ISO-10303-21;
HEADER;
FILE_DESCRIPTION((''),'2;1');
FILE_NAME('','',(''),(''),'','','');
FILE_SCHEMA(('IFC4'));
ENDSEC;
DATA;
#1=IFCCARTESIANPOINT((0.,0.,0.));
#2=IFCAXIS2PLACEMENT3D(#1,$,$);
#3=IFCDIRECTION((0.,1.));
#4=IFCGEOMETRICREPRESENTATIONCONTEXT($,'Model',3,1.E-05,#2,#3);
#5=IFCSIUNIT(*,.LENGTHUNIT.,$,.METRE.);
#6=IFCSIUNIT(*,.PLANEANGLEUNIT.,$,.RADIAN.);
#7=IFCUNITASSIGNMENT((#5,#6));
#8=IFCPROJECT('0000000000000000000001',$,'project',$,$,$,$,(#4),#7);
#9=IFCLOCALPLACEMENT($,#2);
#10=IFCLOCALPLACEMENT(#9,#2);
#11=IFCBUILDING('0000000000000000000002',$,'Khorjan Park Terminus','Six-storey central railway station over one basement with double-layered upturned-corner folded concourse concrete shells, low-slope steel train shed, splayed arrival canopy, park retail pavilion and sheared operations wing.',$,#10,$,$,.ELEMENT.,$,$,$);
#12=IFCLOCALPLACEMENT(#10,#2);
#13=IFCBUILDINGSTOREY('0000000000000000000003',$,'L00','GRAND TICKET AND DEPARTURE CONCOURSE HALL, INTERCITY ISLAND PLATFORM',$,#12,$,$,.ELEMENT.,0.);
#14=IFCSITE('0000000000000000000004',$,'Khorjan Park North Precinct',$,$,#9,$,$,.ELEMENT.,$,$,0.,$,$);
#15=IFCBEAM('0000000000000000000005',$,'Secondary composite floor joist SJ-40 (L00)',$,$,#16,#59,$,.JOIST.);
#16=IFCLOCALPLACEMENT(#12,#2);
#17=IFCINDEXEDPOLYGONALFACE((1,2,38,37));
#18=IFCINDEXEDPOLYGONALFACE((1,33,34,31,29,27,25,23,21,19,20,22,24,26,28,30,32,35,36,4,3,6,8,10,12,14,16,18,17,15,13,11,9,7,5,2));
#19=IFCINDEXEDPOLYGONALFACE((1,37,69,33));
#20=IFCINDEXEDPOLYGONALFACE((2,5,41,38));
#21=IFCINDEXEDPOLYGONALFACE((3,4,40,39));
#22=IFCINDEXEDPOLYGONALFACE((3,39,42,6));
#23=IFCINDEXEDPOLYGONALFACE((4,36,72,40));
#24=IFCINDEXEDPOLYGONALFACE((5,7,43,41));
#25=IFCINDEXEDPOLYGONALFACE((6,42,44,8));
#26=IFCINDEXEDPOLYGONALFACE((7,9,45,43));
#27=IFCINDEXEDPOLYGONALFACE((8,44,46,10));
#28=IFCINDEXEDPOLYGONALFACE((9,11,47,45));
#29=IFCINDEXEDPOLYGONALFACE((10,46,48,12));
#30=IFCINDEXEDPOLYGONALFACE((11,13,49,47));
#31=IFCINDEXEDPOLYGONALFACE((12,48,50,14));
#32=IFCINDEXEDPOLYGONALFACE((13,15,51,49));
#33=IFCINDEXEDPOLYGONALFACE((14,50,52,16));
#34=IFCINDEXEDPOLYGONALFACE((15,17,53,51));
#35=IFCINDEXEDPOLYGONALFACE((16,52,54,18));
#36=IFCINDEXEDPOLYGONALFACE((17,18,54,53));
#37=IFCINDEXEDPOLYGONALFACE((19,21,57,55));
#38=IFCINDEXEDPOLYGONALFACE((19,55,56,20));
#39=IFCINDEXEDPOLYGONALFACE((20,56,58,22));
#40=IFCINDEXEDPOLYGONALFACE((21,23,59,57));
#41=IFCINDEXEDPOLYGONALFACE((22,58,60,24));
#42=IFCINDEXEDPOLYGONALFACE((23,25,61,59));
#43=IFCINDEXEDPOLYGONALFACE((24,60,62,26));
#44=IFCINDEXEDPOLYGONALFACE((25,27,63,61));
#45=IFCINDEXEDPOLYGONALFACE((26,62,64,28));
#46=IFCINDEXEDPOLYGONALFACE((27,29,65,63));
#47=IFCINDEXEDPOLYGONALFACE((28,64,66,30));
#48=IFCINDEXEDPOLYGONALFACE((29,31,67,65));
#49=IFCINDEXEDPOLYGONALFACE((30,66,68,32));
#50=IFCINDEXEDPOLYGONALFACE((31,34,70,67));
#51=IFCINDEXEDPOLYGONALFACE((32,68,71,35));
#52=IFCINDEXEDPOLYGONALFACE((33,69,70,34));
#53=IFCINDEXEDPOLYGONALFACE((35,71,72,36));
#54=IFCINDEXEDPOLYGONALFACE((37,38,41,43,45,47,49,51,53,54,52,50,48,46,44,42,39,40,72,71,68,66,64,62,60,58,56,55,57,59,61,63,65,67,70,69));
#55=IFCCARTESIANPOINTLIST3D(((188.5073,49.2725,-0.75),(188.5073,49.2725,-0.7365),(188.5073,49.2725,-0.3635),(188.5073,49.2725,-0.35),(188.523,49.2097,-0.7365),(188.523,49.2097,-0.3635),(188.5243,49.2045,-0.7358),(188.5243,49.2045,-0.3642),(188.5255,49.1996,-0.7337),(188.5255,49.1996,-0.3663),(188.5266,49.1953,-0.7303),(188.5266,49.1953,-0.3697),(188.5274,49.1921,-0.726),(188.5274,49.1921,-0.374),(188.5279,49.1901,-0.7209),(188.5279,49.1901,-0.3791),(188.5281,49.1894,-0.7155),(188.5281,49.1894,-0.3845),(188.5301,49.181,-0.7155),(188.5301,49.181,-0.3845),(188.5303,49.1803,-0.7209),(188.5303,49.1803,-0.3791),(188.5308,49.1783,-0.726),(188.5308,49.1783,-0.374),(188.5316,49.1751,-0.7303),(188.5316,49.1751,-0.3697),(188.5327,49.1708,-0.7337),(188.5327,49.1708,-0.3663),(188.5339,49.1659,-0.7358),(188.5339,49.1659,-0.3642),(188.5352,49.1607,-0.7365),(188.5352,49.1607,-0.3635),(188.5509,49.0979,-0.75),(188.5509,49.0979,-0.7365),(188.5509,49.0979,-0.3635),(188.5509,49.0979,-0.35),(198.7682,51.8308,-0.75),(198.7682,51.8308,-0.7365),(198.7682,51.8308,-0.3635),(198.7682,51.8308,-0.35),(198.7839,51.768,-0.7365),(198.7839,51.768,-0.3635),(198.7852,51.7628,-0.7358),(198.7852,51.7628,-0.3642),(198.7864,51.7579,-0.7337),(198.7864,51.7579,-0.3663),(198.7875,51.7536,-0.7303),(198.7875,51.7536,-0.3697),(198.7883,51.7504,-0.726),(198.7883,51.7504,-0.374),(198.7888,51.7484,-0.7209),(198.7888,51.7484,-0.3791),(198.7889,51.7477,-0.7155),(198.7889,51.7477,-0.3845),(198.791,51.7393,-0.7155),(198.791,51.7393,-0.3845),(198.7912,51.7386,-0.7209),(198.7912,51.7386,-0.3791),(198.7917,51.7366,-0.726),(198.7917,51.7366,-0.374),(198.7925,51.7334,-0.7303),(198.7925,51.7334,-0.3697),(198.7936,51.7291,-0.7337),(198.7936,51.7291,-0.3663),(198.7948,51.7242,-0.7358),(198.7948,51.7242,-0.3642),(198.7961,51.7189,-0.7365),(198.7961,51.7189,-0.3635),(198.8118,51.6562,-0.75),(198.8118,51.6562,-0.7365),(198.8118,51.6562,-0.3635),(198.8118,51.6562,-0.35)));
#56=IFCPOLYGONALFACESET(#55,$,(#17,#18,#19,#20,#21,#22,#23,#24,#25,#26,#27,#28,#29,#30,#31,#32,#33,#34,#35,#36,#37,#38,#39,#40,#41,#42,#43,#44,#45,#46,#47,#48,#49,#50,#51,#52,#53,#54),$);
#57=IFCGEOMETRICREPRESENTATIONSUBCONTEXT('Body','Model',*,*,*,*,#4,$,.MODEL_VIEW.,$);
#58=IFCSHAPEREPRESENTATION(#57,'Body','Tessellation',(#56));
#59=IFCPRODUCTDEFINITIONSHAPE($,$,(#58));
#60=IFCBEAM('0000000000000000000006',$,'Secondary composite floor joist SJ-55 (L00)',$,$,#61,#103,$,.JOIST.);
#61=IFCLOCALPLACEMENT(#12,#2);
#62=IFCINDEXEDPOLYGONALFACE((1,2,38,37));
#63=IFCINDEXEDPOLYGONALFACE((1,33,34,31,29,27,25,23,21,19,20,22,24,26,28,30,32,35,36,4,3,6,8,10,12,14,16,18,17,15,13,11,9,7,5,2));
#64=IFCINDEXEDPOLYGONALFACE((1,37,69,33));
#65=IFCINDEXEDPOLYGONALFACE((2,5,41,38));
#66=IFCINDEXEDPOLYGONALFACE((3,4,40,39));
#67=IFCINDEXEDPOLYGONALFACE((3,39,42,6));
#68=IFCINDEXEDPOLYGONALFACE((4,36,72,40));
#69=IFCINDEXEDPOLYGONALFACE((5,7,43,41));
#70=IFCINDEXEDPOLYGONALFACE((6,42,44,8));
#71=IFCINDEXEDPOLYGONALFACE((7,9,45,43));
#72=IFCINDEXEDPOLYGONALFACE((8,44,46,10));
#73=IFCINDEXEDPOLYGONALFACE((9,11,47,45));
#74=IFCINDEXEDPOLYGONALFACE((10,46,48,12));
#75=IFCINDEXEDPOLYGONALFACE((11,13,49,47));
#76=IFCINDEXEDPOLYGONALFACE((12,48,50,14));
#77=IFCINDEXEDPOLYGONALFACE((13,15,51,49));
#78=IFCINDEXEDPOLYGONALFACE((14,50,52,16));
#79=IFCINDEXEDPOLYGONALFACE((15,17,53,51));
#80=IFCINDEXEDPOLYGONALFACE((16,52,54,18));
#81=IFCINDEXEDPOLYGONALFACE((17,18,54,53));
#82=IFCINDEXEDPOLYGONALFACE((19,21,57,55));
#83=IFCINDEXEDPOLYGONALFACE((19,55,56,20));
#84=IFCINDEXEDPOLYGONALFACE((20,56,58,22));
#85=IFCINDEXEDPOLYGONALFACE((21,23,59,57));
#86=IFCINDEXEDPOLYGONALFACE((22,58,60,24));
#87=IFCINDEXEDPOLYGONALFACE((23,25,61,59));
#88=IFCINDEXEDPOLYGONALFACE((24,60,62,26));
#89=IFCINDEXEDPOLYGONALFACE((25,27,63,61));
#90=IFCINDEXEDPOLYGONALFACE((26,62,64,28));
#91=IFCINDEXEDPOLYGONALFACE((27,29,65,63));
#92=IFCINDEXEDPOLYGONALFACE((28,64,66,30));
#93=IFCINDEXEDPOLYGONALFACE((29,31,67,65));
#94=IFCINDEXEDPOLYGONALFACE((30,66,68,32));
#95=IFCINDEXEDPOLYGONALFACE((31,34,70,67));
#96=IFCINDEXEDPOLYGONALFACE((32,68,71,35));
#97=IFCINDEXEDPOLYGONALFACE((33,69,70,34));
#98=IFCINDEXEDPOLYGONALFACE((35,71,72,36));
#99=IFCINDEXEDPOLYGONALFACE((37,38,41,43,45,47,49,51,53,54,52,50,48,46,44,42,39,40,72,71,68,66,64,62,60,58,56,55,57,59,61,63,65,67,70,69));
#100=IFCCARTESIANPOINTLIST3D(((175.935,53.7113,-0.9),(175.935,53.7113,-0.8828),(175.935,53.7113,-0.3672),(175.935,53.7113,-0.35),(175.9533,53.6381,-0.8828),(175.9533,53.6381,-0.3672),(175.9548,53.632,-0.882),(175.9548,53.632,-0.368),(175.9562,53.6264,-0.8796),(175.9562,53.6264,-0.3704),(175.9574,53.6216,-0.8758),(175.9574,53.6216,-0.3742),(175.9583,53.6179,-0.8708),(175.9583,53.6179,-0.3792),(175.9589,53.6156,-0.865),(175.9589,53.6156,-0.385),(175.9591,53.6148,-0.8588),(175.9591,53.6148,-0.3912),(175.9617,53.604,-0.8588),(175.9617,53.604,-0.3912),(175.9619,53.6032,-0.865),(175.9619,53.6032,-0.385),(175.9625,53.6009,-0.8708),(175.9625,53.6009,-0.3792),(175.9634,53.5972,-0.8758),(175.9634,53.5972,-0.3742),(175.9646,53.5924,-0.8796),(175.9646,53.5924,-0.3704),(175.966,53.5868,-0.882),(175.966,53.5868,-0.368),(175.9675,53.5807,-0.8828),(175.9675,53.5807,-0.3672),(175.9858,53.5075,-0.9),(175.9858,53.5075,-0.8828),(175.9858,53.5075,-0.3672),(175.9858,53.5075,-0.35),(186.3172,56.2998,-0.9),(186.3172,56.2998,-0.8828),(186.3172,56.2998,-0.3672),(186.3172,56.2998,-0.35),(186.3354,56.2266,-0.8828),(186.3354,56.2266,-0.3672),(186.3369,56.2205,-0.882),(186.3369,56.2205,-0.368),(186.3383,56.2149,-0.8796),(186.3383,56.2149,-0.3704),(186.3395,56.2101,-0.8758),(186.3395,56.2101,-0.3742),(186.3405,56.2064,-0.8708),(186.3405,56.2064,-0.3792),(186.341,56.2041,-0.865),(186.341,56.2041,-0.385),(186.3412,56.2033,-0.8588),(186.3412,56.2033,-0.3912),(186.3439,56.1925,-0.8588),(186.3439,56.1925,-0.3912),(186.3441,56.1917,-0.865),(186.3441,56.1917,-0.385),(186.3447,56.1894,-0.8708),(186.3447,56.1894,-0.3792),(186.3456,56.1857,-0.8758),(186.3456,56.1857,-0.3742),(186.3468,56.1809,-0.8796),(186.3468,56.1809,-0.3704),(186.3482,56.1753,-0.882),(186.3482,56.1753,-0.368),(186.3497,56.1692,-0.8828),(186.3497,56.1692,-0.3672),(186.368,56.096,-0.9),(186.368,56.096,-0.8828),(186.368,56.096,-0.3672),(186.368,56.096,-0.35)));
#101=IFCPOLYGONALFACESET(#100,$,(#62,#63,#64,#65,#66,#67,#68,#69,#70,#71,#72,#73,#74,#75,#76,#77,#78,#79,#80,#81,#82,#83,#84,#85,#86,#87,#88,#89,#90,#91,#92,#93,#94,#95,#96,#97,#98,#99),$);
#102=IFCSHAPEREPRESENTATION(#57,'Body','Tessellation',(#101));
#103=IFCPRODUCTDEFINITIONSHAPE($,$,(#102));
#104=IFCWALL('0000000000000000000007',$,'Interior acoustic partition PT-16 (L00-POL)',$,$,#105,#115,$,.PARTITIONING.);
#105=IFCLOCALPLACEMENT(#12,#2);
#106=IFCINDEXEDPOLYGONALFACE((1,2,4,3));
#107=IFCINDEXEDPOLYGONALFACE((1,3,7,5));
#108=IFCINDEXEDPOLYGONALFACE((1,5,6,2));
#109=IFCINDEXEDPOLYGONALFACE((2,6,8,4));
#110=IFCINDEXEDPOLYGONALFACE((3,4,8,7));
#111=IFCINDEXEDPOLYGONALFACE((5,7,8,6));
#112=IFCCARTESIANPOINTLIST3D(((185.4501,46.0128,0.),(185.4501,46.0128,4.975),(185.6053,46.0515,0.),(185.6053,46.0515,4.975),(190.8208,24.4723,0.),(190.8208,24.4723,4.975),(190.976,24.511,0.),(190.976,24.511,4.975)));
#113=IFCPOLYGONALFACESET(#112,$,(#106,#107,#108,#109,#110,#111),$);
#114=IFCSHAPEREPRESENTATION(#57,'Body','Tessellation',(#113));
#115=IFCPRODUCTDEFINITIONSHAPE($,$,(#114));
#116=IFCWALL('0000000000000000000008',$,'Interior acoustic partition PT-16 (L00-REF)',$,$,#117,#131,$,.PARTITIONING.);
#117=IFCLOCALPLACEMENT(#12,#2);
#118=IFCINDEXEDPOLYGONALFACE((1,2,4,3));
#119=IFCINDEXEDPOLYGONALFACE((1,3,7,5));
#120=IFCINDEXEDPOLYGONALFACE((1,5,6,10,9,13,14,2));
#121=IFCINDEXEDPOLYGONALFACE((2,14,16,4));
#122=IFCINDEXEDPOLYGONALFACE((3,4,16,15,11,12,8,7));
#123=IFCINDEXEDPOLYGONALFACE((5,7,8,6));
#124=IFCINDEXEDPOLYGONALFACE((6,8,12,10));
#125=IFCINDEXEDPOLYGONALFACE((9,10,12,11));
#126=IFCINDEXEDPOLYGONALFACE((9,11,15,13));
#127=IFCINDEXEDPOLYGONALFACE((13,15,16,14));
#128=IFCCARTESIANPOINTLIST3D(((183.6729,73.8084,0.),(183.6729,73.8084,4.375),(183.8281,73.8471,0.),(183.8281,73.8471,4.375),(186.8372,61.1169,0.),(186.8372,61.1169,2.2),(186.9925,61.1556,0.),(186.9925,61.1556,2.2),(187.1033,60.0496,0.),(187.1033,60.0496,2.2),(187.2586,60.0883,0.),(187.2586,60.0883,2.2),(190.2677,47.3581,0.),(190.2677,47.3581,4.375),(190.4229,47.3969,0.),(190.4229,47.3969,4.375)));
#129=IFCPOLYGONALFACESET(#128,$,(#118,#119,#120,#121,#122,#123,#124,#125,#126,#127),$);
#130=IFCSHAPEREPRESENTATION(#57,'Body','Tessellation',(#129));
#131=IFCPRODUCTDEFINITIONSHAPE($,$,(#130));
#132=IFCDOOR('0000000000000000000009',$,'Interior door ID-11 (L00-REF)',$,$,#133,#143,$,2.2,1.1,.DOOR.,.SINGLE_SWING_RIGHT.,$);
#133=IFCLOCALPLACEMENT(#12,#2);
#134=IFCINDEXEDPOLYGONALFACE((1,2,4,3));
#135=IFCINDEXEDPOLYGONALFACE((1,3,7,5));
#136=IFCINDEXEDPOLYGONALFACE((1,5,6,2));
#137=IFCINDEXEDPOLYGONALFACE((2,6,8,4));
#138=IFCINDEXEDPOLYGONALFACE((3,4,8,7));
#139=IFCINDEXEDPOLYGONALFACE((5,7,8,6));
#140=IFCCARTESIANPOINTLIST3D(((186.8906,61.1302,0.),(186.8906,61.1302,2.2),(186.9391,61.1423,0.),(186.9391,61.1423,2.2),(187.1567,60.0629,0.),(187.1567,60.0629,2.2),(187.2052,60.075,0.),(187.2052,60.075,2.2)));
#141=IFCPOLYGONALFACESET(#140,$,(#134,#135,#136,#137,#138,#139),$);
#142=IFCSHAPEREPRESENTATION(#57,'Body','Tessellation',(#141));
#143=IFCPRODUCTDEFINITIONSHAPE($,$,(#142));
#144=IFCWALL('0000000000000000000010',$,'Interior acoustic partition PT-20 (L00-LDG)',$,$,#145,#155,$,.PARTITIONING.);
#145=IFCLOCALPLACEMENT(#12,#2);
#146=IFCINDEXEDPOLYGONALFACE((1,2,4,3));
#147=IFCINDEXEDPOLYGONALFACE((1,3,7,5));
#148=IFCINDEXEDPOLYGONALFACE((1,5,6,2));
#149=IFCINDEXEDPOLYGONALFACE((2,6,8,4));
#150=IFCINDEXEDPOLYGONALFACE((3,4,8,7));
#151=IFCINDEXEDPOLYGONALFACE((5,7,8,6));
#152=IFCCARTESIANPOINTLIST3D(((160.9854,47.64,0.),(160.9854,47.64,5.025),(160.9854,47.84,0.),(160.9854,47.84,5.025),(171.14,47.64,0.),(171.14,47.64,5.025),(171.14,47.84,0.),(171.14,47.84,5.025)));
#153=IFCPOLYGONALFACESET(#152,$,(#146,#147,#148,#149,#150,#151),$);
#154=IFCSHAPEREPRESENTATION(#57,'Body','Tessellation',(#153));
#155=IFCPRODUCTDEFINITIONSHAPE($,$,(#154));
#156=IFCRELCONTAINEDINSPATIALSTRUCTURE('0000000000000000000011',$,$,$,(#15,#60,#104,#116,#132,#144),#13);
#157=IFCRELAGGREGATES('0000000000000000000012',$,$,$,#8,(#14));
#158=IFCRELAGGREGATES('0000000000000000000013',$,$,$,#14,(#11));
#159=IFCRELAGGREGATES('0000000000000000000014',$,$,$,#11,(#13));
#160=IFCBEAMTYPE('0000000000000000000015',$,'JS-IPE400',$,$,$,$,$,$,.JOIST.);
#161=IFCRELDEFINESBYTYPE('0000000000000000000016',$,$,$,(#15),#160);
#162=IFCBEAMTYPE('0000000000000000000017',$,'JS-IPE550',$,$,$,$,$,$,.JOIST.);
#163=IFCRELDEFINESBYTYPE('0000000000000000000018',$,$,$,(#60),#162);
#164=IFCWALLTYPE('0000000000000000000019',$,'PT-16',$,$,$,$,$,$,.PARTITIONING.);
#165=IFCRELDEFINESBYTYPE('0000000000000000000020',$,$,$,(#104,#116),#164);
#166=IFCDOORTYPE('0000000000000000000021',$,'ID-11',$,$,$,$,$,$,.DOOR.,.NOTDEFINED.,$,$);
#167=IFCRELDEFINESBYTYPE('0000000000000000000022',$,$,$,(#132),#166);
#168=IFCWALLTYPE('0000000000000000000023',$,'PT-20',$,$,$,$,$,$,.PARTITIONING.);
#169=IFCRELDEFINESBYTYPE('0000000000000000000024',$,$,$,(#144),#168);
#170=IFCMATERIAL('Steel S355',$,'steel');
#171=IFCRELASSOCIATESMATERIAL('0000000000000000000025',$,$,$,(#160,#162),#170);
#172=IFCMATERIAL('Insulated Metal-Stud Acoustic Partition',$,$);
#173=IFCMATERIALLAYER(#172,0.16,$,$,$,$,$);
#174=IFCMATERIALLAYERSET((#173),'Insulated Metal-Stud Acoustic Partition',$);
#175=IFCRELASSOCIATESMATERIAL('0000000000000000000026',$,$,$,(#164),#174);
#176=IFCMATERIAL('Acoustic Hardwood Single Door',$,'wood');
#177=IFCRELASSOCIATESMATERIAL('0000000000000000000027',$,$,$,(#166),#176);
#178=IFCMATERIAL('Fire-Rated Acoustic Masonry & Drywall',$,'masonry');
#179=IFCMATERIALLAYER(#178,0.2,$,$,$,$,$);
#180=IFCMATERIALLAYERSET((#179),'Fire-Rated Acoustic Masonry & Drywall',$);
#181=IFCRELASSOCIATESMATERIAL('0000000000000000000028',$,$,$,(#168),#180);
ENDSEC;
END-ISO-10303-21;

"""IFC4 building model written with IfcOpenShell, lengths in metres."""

from ifc_helpers import new_model, si_unit, direction, frame, frame_2d, origin, origin_2d, place, context, subcontext, project, spatial, rectangle, i_section, extrude, material, layer, layer_set, material_profile, profile_set, type_object, element, fill, save


model = new_model("IFC4")

# Units and contexts
model_context = context("Model", 3, precision=1e-05, world=origin(), true_north=direction((0.0, 1.0)))
body_context = subcontext(model_context, "Body", "Model", "MODEL_VIEW")
ifc_project = project(units=[si_unit("LENGTHUNIT", "METRE"), si_unit("PLANEANGLEUNIT", "RADIAN")], contexts=[model_context])

# Site, building, storey
site_placement = place(None, origin())
site = spatial("IfcSite", under=ifc_project, at=site_placement, Name="Khorjan Park North Precinct", CompositionType="ELEMENT", RefElevation=0.0)
building_placement = place(site_placement, origin())
building = spatial("IfcBuilding", under=site, at=building_placement, Name="Khorjan Park Terminus", Description="Six-storey central railway station over one basement with double-layered upturned-corner folded concourse concrete shells, low-slope steel train shed, splayed arrival canopy, park retail pavilion and sheared operations wing.", CompositionType="ELEMENT")
storey_placement = place(building_placement, origin())
storey = spatial("IfcBuildingStorey", under=building, at=storey_placement, Name="L00", Description="GRAND TICKET AND DEPARTURE CONCOURSE HALL, INTERCITY ISLAND PLATFORM", CompositionType="ELEMENT", Elevation=0.0)

# Beams
ifc_material_1 = material(Name="Steel S355", Category="steel")
ifc_material_profile_1 = material_profile(ifc_material_1, i_section(OverallWidth=0.18, OverallDepth=0.4, WebThickness=0.0086, FlangeThickness=0.0135, FilletRadius=0.021, at=origin_2d()), Name="IPE 400")
ifc_profile_set_1 = profile_set([ifc_material_profile_1], Name="Steel S355")
beam_type_1 = type_object("IfcBeamType", Name="JS-IPE400", PredefinedType="JOIST", material=ifc_profile_set_1)
beam_1_placement = place(storey_placement, frame((188.5291, 49.1852, -0.55), z_axis=(0.970296, 0.241919, 0.0), x_axis=(-0.241919, 0.970296, 0.0)))
element("IfcBeam", 1, at=beam_1_placement, inside=storey, type_object=beam_type_1, Name="Secondary composite floor joist SJ-40 (L00)", PredefinedType="JOIST", context=body_context, shape_type="SweptSolid", body=[
    extrude(i_section(OverallWidth=0.18, OverallDepth=0.4, WebThickness=0.0086, FlangeThickness=0.0135, FilletRadius=0.021, at=origin_2d()), origin(), (0.0, 0.0, 1.0), 10.575),
])
ifc_material_profile_2 = material_profile(ifc_material_1, i_section(OverallWidth=0.21, OverallDepth=0.55, WebThickness=0.0111, FlangeThickness=0.0172, FilletRadius=0.024, at=origin_2d()), Name="IPE 550")
ifc_profile_set_2 = profile_set([ifc_material_profile_2], Name="Steel S355")
beam_type_2 = type_object("IfcBeamType", Name="JS-IPE550", PredefinedType="JOIST", material=ifc_profile_set_2)
beam_2_placement = place(storey_placement, frame((175.9604, 53.6094, -0.625), z_axis=(0.970297, 0.241915, 0.0), x_axis=(-0.241915, 0.970297, 0.0)))
element("IfcBeam", 2, at=beam_2_placement, inside=storey, type_object=beam_type_2, Name="Secondary composite floor joist SJ-55 (L00)", PredefinedType="JOIST", context=body_context, shape_type="SweptSolid", body=[
    extrude(i_section(OverallWidth=0.21, OverallDepth=0.55, WebThickness=0.0111, FlangeThickness=0.0172, FilletRadius=0.024, at=origin_2d()), origin(), (0.0, 0.0, 1.0), 10.7),
])

# Wall
ifc_material_2 = material(Name="Insulated Metal-Stud Acoustic Partition")
ifc_layer_1 = layer(ifc_material_2, 0.16)
ifc_layer_set_1 = layer_set([ifc_layer_1], Name="Insulated Metal-Stud Acoustic Partition")
wall_type_1 = type_object("IfcWallType", Name="PT-16", PredefinedType="PARTITIONING", material=ifc_layer_set_1)
wall_1_placement = place(storey_placement, frame((185.5277, 46.0321, 0.0), z_axis=(0.0, 0.0, 1.0), x_axis=(0.241924, -0.970295, 0.0)))
element("IfcWall", 3, at=wall_1_placement, inside=storey, type_object=wall_type_1, Name="Interior acoustic partition PT-16 (L00-POL)", PredefinedType="PARTITIONING", context=body_context, shape_type="SweptSolid", body=[
    extrude(rectangle(XDim=22.1999, YDim=0.16, at=frame_2d((11.0999, 0.0))), origin(), (0.0, 0.0, 1.0), 4.975),
])

# Wall, opening, door
wall_2_placement = place(storey_placement, frame((190.3453, 47.3775, 0.0), z_axis=(0.0, 0.0, 1.0), x_axis=(-0.241922, 0.970296, 0.0)))
wall_2 = element("IfcWall", 4, at=wall_2_placement, inside=storey, type_object=wall_type_1, Name="Interior acoustic partition PT-16 (L00-REF)", PredefinedType="PARTITIONING", context=body_context, shape_type="SweptSolid", body=[
    extrude(rectangle(XDim=27.26, YDim=0.16, at=frame_2d((13.63, 0.0))), origin(), (0.0, 0.0, 1.0), 4.375),
])
opening_placement = place(wall_2_placement, frame((13.08, 0.0, 0.0)))
opening = element("IfcOpeningElement", 5, at=opening_placement, cuts=wall_2, PredefinedType="OPENING", context=body_context, shape_type="SweptSolid", body=[
    extrude(rectangle(XDim=1.1, YDim=2.2, at=frame_2d((0.55, 1.1))), frame((0.0, 0.09, 0.0), z_axis=(0.0, -1.0, 0.0), x_axis=(1.0, 0.0, 0.0)), (0.0, 0.0, 1.0), 0.18),
])
ifc_material_3 = material(Name="Acoustic Hardwood Single Door", Category="wood")
door_type = type_object("IfcDoorType", Name="ID-11", OperationType="NOTDEFINED", PredefinedType="DOOR", material=ifc_material_3)
door_placement = place(opening_placement, origin())
door = element("IfcDoor", 6, at=door_placement, inside=storey, type_object=door_type, Name="Interior door ID-11 (L00-REF)", OperationType="SINGLE_SWING_RIGHT", OverallHeight=2.2, OverallWidth=1.1, PredefinedType="DOOR", context=body_context, shape_type="SweptSolid", body=[
    extrude(rectangle(XDim=1.1, YDim=2.2, at=frame_2d((0.55, 1.1))), frame((0.0, 0.025, 0.0), z_axis=(0.0, -1.0, 0.0), x_axis=(1.0, 0.0, 0.0)), (0.0, 0.0, 1.0), 0.05),
])
fill(opening, door)

# Wall
ifc_material_4 = material(Name="Fire-Rated Acoustic Masonry & Drywall", Category="masonry")
ifc_layer_2 = layer(ifc_material_4, 0.2)
ifc_layer_set_2 = layer_set([ifc_layer_2], Name="Fire-Rated Acoustic Masonry & Drywall")
wall_type_2 = type_object("IfcWallType", Name="PT-20", PredefinedType="PARTITIONING", material=ifc_layer_set_2)
wall_3_placement = place(storey_placement, frame((171.14, 47.74, 0.0), z_axis=(0.0, 0.0, 1.0), x_axis=(-1.0, 0.0, 0.0)))
element("IfcWall", 7, at=wall_3_placement, inside=storey, type_object=wall_type_2, Name="Interior acoustic partition PT-20 (L00-LDG)", PredefinedType="PARTITIONING", context=body_context, shape_type="SweptSolid", body=[
    extrude(rectangle(XDim=10.1545, YDim=0.2, at=frame_2d((5.0773, 0.0))), origin(), (0.0, 0.0, 1.0), 5.025),
])

save(model, "model.ifc")
